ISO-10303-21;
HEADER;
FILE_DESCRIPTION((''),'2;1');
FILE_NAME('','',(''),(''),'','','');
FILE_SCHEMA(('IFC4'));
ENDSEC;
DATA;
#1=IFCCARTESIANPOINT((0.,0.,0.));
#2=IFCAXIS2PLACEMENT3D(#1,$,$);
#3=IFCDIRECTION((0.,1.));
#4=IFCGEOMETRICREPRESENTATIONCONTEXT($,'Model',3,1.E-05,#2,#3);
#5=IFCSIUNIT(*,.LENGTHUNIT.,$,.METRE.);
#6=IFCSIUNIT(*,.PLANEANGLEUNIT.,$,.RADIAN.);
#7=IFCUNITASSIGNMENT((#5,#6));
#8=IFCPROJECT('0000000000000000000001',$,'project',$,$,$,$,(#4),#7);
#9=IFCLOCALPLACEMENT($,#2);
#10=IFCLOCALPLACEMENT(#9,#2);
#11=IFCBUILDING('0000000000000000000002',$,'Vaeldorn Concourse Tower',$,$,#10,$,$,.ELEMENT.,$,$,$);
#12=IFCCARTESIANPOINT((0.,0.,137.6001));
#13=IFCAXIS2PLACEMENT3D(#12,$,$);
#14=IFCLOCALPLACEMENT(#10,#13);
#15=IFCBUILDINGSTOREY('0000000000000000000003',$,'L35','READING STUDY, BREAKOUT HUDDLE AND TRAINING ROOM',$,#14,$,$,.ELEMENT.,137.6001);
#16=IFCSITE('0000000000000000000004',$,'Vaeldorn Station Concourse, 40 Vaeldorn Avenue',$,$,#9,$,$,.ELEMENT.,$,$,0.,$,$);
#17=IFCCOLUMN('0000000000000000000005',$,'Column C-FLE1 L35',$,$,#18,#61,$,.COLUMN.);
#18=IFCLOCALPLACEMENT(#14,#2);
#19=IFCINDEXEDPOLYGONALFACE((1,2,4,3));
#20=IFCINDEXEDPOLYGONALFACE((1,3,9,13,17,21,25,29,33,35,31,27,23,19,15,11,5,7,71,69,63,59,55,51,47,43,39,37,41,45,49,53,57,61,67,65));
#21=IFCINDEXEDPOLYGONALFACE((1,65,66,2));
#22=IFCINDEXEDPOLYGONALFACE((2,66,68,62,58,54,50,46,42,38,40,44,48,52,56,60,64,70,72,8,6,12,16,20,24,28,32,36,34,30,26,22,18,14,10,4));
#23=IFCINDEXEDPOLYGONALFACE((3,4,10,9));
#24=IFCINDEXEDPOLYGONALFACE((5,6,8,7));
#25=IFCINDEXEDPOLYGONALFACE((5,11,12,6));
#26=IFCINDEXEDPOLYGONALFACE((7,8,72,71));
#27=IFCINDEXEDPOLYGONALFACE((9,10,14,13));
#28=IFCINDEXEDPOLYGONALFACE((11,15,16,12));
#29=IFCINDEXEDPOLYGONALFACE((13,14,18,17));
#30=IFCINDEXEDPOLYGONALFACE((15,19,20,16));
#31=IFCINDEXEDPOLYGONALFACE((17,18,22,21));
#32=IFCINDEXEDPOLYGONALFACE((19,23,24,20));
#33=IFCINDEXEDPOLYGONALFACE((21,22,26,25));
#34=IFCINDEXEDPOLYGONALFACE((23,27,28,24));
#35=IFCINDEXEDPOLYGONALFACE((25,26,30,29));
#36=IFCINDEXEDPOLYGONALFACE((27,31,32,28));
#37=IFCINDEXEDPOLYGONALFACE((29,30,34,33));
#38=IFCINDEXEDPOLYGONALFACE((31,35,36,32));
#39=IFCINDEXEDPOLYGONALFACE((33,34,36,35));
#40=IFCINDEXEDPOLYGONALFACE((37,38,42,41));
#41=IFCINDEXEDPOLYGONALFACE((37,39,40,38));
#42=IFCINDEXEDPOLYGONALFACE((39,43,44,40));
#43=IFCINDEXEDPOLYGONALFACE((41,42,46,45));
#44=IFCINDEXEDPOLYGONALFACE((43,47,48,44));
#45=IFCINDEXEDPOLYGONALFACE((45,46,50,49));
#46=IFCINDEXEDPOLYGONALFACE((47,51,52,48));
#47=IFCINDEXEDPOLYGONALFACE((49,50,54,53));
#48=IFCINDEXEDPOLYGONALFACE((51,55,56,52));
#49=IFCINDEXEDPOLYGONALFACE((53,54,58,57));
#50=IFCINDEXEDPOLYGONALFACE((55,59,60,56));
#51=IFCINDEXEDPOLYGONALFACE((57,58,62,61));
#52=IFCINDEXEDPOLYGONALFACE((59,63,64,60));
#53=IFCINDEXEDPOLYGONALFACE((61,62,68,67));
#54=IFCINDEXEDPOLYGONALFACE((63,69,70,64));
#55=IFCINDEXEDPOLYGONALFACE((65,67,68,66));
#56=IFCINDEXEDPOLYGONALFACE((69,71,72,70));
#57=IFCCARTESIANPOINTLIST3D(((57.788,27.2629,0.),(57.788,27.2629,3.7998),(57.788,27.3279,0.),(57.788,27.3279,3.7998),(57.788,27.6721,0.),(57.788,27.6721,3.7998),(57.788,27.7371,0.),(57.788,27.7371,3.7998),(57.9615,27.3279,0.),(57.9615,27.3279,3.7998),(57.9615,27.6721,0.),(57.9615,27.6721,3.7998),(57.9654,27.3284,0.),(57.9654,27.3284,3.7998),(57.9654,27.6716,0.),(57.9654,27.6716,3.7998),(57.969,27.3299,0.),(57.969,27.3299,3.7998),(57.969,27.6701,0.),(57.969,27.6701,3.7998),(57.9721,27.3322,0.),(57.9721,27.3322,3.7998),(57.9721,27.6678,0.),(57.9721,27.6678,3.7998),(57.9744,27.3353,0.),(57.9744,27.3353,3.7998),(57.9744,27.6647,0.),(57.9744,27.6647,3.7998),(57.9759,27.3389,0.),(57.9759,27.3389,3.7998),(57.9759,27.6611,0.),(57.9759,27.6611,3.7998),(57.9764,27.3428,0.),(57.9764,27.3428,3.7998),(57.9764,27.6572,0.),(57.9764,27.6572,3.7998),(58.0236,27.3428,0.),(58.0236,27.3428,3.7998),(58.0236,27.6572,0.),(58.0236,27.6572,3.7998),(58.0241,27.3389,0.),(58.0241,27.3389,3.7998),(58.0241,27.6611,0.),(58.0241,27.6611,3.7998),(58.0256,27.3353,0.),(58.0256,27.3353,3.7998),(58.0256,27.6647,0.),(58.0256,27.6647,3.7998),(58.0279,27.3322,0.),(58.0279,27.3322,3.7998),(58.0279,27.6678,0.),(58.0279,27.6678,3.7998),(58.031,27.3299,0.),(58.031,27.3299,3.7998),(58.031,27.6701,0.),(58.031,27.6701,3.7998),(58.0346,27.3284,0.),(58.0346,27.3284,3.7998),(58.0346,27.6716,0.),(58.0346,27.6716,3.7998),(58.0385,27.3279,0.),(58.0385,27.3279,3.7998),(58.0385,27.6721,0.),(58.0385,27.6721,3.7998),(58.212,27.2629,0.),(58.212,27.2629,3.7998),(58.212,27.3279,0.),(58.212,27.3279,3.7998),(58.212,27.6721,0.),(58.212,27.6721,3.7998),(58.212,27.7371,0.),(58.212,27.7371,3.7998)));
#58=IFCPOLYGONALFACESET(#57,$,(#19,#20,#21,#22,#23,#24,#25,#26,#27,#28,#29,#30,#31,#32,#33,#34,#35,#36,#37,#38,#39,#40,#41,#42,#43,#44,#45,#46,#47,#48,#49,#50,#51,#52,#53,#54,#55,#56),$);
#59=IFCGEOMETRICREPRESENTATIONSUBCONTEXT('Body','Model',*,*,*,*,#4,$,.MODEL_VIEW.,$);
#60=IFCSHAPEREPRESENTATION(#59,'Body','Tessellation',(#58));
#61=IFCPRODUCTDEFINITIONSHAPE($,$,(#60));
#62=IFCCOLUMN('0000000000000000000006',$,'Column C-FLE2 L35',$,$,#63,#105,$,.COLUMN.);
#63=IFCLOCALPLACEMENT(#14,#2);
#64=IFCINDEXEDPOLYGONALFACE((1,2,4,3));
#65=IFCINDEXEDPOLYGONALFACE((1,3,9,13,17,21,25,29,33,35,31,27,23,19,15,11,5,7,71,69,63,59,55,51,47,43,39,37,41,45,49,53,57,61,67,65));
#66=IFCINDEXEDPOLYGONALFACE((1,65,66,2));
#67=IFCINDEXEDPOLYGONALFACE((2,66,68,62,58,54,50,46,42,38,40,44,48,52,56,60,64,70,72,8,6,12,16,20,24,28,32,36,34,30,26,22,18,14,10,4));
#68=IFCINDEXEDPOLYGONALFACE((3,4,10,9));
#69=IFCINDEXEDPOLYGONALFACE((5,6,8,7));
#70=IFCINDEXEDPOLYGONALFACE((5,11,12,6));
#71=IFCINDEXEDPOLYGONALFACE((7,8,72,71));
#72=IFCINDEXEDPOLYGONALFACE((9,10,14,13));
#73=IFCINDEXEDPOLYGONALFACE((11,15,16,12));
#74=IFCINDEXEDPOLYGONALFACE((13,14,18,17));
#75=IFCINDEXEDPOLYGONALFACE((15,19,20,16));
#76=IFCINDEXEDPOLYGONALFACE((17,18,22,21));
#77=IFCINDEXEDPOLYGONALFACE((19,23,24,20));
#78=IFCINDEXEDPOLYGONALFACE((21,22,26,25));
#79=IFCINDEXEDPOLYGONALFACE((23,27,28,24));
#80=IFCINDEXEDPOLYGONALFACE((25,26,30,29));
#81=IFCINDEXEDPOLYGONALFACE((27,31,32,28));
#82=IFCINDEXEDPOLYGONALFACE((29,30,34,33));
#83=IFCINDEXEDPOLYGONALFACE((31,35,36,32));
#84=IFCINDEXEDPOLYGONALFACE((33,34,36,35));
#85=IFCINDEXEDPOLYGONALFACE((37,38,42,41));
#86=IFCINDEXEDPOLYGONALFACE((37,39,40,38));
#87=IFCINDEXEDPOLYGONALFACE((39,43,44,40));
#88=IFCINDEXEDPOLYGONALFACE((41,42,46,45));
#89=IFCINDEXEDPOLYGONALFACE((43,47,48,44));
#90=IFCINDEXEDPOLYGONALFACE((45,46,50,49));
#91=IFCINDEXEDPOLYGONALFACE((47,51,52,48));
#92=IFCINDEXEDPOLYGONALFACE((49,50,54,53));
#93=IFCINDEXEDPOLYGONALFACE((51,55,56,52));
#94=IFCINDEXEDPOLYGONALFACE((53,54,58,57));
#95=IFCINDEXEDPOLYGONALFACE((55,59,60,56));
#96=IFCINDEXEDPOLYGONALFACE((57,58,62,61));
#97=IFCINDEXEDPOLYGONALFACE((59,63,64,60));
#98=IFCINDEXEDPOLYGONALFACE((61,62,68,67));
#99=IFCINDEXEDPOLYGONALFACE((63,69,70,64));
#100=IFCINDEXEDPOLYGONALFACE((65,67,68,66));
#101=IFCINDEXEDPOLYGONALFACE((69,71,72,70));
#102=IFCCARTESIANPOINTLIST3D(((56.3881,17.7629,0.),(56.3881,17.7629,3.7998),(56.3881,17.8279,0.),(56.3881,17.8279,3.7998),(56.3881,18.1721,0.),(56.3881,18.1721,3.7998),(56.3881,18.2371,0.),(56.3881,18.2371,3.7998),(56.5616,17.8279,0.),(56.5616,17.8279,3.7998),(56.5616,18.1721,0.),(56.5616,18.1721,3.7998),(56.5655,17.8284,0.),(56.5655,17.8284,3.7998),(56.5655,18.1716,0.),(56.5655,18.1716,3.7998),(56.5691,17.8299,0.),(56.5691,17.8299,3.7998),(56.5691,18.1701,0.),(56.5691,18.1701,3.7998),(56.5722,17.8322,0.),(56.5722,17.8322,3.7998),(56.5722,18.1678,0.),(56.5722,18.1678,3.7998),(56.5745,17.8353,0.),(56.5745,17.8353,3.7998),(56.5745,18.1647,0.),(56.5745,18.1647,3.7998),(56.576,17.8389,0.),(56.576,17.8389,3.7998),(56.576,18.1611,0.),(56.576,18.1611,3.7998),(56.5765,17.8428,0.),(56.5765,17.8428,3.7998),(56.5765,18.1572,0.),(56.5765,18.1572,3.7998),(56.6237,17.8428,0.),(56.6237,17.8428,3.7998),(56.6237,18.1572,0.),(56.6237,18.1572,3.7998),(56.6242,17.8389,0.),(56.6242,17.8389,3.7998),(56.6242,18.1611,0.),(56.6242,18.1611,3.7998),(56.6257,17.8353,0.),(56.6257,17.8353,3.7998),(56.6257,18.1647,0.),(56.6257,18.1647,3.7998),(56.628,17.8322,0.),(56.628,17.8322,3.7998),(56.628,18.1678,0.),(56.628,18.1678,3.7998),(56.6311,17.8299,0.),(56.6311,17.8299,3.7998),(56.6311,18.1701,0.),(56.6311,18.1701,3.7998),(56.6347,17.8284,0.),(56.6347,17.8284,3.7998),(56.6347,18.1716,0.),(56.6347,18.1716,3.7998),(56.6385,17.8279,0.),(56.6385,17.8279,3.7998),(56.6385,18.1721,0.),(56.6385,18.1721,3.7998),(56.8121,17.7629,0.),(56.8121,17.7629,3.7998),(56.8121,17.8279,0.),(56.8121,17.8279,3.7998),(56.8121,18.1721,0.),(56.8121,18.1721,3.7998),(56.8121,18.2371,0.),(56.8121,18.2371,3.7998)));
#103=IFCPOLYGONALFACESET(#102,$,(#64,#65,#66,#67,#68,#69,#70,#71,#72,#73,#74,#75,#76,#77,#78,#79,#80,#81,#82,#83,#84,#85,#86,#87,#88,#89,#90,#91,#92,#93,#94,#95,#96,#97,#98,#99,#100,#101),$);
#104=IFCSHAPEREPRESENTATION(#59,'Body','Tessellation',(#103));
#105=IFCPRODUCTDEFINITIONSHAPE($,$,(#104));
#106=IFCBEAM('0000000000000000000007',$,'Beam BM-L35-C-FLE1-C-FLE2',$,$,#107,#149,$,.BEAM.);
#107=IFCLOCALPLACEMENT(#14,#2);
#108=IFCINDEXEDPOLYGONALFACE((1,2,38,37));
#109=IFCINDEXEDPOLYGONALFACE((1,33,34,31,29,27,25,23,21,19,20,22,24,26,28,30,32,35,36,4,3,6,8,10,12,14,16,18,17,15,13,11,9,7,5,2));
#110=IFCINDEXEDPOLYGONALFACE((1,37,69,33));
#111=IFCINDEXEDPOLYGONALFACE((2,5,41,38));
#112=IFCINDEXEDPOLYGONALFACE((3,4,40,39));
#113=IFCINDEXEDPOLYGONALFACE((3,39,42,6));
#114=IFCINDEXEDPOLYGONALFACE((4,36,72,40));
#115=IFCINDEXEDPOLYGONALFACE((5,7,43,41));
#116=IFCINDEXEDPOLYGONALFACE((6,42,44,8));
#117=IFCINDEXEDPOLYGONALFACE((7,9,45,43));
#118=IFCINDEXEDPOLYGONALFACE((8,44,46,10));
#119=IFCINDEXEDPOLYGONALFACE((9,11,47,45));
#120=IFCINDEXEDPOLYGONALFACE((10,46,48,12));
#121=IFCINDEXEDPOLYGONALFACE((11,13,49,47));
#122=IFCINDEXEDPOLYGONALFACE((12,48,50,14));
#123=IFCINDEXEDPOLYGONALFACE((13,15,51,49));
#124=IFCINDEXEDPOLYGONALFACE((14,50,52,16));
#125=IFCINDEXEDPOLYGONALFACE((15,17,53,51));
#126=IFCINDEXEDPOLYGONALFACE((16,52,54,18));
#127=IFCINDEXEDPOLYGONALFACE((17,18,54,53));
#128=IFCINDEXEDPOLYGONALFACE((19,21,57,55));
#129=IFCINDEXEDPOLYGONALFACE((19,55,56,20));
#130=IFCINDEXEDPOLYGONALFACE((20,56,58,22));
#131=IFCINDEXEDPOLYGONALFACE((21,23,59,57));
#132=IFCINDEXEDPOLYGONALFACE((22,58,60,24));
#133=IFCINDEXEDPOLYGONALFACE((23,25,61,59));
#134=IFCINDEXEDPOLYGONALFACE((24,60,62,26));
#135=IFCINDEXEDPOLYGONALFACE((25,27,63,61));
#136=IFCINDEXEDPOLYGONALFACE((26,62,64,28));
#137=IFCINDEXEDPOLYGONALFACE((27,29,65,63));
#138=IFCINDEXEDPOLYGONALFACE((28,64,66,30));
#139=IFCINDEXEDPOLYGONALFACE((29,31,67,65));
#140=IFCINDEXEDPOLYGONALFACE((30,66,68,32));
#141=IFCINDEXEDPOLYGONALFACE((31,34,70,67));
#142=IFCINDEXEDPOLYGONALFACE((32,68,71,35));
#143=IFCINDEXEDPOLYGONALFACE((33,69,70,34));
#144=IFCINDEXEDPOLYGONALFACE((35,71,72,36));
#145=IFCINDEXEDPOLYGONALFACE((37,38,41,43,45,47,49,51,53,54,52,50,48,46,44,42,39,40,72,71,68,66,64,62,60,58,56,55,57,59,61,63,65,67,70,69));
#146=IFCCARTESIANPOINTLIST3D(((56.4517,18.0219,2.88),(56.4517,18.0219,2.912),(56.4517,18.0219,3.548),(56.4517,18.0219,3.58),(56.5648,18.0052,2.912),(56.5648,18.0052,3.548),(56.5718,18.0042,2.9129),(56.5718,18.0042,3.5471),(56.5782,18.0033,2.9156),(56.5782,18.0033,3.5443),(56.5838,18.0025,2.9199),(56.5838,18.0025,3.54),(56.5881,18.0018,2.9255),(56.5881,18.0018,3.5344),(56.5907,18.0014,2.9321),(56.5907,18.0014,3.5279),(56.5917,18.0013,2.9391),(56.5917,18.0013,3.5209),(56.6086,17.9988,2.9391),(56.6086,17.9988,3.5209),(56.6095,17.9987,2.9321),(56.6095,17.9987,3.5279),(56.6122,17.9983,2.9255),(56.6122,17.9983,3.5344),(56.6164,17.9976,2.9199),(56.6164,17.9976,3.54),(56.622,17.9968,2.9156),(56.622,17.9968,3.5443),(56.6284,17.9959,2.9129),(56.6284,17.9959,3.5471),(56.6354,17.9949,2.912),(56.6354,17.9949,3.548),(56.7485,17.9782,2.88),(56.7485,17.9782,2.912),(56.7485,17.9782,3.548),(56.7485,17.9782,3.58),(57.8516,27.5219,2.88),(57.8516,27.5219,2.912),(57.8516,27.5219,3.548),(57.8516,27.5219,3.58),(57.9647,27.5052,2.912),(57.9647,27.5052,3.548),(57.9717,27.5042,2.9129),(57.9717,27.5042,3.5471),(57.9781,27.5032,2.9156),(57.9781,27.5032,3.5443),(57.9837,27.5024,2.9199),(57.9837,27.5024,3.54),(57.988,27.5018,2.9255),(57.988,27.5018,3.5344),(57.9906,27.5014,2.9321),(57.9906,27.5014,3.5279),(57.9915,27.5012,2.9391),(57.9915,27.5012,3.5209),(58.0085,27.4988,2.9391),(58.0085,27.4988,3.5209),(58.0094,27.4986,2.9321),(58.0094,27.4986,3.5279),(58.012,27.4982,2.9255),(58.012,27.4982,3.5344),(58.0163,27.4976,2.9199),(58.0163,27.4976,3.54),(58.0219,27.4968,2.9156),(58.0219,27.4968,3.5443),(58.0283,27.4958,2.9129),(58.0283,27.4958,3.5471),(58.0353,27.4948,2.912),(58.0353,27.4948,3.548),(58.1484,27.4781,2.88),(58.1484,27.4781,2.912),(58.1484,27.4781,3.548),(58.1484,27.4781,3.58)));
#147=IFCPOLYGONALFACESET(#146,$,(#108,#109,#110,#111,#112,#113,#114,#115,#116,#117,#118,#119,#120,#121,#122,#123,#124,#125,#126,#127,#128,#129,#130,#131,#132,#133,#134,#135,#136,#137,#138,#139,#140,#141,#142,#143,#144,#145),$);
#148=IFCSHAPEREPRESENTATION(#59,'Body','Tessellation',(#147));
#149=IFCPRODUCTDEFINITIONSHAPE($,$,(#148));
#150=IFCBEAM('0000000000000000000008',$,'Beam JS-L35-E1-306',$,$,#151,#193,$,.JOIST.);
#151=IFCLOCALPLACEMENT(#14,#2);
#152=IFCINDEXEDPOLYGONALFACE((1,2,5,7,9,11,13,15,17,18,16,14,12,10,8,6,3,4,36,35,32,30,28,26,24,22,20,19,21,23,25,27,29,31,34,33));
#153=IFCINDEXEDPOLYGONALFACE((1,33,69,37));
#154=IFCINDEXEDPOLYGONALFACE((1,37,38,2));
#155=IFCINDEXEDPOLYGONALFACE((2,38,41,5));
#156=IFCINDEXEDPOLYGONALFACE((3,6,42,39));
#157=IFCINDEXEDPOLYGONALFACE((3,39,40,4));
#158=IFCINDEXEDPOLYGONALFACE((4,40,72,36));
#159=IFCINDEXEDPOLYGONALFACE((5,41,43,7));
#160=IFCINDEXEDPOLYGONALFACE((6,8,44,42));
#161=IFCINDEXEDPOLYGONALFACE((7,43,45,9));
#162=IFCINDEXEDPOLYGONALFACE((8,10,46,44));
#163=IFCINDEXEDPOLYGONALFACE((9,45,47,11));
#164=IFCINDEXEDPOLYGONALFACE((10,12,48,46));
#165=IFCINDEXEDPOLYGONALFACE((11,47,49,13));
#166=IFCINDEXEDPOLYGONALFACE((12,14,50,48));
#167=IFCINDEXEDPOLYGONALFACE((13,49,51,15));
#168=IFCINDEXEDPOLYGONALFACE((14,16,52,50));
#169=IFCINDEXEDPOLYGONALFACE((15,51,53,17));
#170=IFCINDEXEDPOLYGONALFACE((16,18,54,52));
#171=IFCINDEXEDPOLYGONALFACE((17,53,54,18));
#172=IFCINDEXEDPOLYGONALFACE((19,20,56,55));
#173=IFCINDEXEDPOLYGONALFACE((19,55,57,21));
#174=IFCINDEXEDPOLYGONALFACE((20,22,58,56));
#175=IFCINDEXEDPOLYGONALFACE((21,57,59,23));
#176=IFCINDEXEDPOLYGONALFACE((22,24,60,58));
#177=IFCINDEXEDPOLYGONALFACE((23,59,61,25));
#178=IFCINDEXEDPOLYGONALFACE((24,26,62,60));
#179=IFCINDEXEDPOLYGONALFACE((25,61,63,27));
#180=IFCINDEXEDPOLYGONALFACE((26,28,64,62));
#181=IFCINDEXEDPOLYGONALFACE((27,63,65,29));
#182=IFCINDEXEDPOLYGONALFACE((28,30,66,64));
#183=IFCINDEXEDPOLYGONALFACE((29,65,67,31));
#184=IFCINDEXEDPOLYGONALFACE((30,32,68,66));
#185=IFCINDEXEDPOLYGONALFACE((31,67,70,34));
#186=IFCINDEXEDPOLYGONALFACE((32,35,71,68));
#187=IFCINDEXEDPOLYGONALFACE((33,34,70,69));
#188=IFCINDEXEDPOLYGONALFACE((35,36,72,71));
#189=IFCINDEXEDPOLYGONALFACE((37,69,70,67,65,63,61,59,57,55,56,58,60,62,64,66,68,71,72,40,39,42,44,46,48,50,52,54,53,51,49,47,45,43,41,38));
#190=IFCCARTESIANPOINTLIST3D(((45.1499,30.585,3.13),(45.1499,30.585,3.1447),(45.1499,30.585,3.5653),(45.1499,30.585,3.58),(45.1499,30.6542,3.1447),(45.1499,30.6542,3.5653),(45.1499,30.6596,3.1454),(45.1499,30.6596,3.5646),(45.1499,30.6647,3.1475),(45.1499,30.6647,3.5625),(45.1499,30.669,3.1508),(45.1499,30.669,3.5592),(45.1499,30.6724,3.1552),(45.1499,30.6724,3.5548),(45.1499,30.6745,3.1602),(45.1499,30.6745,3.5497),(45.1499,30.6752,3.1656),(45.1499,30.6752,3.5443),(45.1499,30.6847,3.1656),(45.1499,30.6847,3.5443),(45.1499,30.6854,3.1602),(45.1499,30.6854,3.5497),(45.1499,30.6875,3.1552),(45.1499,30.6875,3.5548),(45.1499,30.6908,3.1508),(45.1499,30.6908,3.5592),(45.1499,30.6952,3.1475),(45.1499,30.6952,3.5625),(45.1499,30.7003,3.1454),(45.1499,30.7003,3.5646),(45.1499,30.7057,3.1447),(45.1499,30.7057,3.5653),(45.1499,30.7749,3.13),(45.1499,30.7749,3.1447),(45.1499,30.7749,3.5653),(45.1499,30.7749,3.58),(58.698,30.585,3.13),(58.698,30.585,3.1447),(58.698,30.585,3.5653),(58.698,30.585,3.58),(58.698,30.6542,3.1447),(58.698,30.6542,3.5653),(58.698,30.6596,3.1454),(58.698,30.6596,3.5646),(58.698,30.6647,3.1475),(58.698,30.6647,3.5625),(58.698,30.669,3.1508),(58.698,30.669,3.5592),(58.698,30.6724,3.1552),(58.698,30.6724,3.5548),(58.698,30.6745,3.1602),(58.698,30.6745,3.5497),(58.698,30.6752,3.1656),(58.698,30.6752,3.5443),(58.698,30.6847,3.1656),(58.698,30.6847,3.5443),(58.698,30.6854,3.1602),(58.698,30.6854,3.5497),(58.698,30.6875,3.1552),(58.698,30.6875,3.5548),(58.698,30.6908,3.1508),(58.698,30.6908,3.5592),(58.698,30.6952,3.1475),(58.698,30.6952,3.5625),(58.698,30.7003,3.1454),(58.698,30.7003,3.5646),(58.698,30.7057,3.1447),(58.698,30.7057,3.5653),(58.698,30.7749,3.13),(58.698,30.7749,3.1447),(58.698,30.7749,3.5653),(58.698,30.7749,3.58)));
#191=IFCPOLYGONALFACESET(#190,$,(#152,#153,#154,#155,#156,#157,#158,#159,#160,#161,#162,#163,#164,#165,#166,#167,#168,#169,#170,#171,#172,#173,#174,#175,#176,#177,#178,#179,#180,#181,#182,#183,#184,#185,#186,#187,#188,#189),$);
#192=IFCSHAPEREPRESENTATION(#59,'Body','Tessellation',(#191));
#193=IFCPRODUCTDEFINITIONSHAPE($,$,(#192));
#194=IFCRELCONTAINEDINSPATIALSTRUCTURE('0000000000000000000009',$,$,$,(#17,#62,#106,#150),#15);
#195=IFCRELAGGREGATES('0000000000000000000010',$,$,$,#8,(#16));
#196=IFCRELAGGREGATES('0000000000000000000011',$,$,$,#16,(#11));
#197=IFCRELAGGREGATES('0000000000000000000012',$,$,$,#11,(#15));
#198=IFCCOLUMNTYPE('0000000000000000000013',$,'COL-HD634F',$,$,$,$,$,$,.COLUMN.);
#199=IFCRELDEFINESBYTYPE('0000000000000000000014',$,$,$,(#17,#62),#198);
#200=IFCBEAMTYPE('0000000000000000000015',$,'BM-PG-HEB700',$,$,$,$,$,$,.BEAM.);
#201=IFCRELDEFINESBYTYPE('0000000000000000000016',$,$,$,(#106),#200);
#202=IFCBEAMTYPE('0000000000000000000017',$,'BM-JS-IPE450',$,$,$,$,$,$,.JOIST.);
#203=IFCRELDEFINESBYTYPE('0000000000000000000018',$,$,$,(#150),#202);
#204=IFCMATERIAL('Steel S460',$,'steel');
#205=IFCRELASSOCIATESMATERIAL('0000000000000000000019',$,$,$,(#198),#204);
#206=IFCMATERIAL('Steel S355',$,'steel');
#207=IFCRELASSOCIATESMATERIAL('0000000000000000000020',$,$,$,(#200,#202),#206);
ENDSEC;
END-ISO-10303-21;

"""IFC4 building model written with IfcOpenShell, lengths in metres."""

from ifc_helpers import new_model, si_unit, direction, frame, origin, origin_2d, place, context, subcontext, project, spatial, i_section, extrude, source, transform, mapped, material, material_profile, profile_set, type_object, element, save


model = new_model("IFC4")

# Units and contexts
model_context = context("Model", 3, precision=1e-05, world=origin(), true_north=direction((0.0, 1.0)))
body_context = subcontext(model_context, "Body", "Model", "MODEL_VIEW")
ifc_project = project(units=[si_unit("LENGTHUNIT", "METRE"), si_unit("PLANEANGLEUNIT", "RADIAN")], contexts=[model_context])

# Site, building, storey
site_placement = place(None, origin())
site = spatial("IfcSite", under=ifc_project, at=site_placement, Name="Vaeldorn Station Concourse, 40 Vaeldorn Avenue", CompositionType="ELEMENT", RefElevation=0.0)
building_placement = place(site_placement, origin())
building = spatial("IfcBuilding", under=site, at=building_placement, Name="Vaeldorn Concourse Tower", CompositionType="ELEMENT")
storey_placement = place(building_placement, frame((0.0, 0.0, 137.6001)))
storey = spatial("IfcBuildingStorey", under=building, at=storey_placement, Name="L35", Description="READING STUDY, BREAKOUT HUDDLE AND TRAINING ROOM", CompositionType="ELEMENT", Elevation=137.6001)

# Columns
ifc_material_1 = material(Name="Steel S460", Category="steel")
ifc_material_profile_1 = material_profile(ifc_material_1, i_section(OverallWidth=0.4241, OverallDepth=0.4741, WebThickness=0.0471, FlangeThickness=0.0649, FilletRadius=0.0149, at=origin_2d()), Name="HD 400x634")
ifc_profile_set_1 = profile_set([ifc_material_profile_1], Name="Steel S460")
column_type = type_object("IfcColumnType", Name="COL-HD634F", PredefinedType="COLUMN", material=ifc_profile_set_1)
shared_shape_1 = source(origin(), body_context, "Body", "SweptSolid", [
    extrude(i_section(OverallWidth=0.4241, OverallDepth=0.4741, WebThickness=0.0471, FlangeThickness=0.0649, FilletRadius=0.0149, at=origin_2d()), origin(), (0.0, 0.0, 1.0), 3.7998),
])
for number, where, z_axis, x_axis, name in (
    (1, (58.0, 27.5, 0.0), (0.0, 0.0, 1.0), (1.0, 0.0, 0.0), "Column C-FLE1 L35"),
    (2, (56.6001, 18.0, 0.0), (0.0, 0.0, 1.0), (1.0, 0.0, 0.0), "Column C-FLE2 L35"),
):
    element("IfcColumn", number, at=place(storey_placement, frame(where, z_axis=z_axis, x_axis=x_axis)), inside=storey, type_object=column_type, Name=name, PredefinedType="COLUMN", context=body_context, shape_type="MappedRepresentation", body=[
        mapped(shared_shape_1, transform((0.0, 0.0, 0.0), scale=1.0)),
    ])

# Beams
ifc_material_2 = material(Name="Steel S355", Category="steel")
ifc_material_profile_2 = material_profile(ifc_material_2, i_section(OverallWidth=0.3, OverallDepth=0.7, WebThickness=0.0171, FlangeThickness=0.032, FilletRadius=0.0271, at=origin_2d()), Name="HEB 700")
ifc_profile_set_2 = profile_set([ifc_material_profile_2], Name="Steel S355")
beam_type_1 = type_object("IfcBeamType", Name="BM-PG-HEB700", PredefinedType="BEAM", material=ifc_profile_set_2)
shared_shape_2 = source(origin(), body_context, "Body", "SweptSolid", [
    extrude(i_section(OverallWidth=0.3, OverallDepth=0.7, WebThickness=0.0171, FlangeThickness=0.032, FilletRadius=0.0271, at=origin_2d()), origin(), (0.0, 0.0, 1.0), 9.6025),
])
beam_1_placement = place(storey_placement, frame((58.0, 27.5, 3.23), z_axis=(-0.145784, -0.989316, 0.0), x_axis=(0.989316, -0.145784, 0.0)))
element("IfcBeam", 3, at=beam_1_placement, inside=storey, type_object=beam_type_1, Name="Beam BM-L35-C-FLE1-C-FLE2", PredefinedType="BEAM", context=body_context, shape_type="MappedRepresentation", body=[
    mapped(shared_shape_2, transform((0.0, 0.0, 0.0), scale=1.0)),
])
ifc_material_profile_3 = material_profile(ifc_material_2, i_section(OverallWidth=0.1899, OverallDepth=0.45, WebThickness=0.0095, FlangeThickness=0.0146, FilletRadius=0.021, at=origin_2d()), Name="IPE 450")
ifc_profile_set_3 = profile_set([ifc_material_profile_3], Name="Steel S355")
beam_type_2 = type_object("IfcBeamType", Name="BM-JS-IPE450", PredefinedType="JOIST", material=ifc_profile_set_3)
shared_shape_3 = source(origin(), body_context, "Body", "SweptSolid", [
    extrude(i_section(OverallWidth=0.1899, OverallDepth=0.45, WebThickness=0.0095, FlangeThickness=0.0146, FilletRadius=0.021, at=origin_2d()), origin(), (0.0, 0.0, 1.0), 13.5481),
])
beam_2_placement = place(storey_placement, frame((45.1499, 30.6799, 3.355), z_axis=(1.0, 0.0, 0.0), x_axis=(0.0, 1.0, 0.0)))
element("IfcBeam", 4, at=beam_2_placement, inside=storey, type_object=beam_type_2, Name="Beam JS-L35-E1-306", PredefinedType="JOIST", context=body_context, shape_type="MappedRepresentation", body=[
    mapped(shared_shape_3, transform((0.0, 0.0, 0.0), scale=1.0)),
])

save(model, "model.ifc")
